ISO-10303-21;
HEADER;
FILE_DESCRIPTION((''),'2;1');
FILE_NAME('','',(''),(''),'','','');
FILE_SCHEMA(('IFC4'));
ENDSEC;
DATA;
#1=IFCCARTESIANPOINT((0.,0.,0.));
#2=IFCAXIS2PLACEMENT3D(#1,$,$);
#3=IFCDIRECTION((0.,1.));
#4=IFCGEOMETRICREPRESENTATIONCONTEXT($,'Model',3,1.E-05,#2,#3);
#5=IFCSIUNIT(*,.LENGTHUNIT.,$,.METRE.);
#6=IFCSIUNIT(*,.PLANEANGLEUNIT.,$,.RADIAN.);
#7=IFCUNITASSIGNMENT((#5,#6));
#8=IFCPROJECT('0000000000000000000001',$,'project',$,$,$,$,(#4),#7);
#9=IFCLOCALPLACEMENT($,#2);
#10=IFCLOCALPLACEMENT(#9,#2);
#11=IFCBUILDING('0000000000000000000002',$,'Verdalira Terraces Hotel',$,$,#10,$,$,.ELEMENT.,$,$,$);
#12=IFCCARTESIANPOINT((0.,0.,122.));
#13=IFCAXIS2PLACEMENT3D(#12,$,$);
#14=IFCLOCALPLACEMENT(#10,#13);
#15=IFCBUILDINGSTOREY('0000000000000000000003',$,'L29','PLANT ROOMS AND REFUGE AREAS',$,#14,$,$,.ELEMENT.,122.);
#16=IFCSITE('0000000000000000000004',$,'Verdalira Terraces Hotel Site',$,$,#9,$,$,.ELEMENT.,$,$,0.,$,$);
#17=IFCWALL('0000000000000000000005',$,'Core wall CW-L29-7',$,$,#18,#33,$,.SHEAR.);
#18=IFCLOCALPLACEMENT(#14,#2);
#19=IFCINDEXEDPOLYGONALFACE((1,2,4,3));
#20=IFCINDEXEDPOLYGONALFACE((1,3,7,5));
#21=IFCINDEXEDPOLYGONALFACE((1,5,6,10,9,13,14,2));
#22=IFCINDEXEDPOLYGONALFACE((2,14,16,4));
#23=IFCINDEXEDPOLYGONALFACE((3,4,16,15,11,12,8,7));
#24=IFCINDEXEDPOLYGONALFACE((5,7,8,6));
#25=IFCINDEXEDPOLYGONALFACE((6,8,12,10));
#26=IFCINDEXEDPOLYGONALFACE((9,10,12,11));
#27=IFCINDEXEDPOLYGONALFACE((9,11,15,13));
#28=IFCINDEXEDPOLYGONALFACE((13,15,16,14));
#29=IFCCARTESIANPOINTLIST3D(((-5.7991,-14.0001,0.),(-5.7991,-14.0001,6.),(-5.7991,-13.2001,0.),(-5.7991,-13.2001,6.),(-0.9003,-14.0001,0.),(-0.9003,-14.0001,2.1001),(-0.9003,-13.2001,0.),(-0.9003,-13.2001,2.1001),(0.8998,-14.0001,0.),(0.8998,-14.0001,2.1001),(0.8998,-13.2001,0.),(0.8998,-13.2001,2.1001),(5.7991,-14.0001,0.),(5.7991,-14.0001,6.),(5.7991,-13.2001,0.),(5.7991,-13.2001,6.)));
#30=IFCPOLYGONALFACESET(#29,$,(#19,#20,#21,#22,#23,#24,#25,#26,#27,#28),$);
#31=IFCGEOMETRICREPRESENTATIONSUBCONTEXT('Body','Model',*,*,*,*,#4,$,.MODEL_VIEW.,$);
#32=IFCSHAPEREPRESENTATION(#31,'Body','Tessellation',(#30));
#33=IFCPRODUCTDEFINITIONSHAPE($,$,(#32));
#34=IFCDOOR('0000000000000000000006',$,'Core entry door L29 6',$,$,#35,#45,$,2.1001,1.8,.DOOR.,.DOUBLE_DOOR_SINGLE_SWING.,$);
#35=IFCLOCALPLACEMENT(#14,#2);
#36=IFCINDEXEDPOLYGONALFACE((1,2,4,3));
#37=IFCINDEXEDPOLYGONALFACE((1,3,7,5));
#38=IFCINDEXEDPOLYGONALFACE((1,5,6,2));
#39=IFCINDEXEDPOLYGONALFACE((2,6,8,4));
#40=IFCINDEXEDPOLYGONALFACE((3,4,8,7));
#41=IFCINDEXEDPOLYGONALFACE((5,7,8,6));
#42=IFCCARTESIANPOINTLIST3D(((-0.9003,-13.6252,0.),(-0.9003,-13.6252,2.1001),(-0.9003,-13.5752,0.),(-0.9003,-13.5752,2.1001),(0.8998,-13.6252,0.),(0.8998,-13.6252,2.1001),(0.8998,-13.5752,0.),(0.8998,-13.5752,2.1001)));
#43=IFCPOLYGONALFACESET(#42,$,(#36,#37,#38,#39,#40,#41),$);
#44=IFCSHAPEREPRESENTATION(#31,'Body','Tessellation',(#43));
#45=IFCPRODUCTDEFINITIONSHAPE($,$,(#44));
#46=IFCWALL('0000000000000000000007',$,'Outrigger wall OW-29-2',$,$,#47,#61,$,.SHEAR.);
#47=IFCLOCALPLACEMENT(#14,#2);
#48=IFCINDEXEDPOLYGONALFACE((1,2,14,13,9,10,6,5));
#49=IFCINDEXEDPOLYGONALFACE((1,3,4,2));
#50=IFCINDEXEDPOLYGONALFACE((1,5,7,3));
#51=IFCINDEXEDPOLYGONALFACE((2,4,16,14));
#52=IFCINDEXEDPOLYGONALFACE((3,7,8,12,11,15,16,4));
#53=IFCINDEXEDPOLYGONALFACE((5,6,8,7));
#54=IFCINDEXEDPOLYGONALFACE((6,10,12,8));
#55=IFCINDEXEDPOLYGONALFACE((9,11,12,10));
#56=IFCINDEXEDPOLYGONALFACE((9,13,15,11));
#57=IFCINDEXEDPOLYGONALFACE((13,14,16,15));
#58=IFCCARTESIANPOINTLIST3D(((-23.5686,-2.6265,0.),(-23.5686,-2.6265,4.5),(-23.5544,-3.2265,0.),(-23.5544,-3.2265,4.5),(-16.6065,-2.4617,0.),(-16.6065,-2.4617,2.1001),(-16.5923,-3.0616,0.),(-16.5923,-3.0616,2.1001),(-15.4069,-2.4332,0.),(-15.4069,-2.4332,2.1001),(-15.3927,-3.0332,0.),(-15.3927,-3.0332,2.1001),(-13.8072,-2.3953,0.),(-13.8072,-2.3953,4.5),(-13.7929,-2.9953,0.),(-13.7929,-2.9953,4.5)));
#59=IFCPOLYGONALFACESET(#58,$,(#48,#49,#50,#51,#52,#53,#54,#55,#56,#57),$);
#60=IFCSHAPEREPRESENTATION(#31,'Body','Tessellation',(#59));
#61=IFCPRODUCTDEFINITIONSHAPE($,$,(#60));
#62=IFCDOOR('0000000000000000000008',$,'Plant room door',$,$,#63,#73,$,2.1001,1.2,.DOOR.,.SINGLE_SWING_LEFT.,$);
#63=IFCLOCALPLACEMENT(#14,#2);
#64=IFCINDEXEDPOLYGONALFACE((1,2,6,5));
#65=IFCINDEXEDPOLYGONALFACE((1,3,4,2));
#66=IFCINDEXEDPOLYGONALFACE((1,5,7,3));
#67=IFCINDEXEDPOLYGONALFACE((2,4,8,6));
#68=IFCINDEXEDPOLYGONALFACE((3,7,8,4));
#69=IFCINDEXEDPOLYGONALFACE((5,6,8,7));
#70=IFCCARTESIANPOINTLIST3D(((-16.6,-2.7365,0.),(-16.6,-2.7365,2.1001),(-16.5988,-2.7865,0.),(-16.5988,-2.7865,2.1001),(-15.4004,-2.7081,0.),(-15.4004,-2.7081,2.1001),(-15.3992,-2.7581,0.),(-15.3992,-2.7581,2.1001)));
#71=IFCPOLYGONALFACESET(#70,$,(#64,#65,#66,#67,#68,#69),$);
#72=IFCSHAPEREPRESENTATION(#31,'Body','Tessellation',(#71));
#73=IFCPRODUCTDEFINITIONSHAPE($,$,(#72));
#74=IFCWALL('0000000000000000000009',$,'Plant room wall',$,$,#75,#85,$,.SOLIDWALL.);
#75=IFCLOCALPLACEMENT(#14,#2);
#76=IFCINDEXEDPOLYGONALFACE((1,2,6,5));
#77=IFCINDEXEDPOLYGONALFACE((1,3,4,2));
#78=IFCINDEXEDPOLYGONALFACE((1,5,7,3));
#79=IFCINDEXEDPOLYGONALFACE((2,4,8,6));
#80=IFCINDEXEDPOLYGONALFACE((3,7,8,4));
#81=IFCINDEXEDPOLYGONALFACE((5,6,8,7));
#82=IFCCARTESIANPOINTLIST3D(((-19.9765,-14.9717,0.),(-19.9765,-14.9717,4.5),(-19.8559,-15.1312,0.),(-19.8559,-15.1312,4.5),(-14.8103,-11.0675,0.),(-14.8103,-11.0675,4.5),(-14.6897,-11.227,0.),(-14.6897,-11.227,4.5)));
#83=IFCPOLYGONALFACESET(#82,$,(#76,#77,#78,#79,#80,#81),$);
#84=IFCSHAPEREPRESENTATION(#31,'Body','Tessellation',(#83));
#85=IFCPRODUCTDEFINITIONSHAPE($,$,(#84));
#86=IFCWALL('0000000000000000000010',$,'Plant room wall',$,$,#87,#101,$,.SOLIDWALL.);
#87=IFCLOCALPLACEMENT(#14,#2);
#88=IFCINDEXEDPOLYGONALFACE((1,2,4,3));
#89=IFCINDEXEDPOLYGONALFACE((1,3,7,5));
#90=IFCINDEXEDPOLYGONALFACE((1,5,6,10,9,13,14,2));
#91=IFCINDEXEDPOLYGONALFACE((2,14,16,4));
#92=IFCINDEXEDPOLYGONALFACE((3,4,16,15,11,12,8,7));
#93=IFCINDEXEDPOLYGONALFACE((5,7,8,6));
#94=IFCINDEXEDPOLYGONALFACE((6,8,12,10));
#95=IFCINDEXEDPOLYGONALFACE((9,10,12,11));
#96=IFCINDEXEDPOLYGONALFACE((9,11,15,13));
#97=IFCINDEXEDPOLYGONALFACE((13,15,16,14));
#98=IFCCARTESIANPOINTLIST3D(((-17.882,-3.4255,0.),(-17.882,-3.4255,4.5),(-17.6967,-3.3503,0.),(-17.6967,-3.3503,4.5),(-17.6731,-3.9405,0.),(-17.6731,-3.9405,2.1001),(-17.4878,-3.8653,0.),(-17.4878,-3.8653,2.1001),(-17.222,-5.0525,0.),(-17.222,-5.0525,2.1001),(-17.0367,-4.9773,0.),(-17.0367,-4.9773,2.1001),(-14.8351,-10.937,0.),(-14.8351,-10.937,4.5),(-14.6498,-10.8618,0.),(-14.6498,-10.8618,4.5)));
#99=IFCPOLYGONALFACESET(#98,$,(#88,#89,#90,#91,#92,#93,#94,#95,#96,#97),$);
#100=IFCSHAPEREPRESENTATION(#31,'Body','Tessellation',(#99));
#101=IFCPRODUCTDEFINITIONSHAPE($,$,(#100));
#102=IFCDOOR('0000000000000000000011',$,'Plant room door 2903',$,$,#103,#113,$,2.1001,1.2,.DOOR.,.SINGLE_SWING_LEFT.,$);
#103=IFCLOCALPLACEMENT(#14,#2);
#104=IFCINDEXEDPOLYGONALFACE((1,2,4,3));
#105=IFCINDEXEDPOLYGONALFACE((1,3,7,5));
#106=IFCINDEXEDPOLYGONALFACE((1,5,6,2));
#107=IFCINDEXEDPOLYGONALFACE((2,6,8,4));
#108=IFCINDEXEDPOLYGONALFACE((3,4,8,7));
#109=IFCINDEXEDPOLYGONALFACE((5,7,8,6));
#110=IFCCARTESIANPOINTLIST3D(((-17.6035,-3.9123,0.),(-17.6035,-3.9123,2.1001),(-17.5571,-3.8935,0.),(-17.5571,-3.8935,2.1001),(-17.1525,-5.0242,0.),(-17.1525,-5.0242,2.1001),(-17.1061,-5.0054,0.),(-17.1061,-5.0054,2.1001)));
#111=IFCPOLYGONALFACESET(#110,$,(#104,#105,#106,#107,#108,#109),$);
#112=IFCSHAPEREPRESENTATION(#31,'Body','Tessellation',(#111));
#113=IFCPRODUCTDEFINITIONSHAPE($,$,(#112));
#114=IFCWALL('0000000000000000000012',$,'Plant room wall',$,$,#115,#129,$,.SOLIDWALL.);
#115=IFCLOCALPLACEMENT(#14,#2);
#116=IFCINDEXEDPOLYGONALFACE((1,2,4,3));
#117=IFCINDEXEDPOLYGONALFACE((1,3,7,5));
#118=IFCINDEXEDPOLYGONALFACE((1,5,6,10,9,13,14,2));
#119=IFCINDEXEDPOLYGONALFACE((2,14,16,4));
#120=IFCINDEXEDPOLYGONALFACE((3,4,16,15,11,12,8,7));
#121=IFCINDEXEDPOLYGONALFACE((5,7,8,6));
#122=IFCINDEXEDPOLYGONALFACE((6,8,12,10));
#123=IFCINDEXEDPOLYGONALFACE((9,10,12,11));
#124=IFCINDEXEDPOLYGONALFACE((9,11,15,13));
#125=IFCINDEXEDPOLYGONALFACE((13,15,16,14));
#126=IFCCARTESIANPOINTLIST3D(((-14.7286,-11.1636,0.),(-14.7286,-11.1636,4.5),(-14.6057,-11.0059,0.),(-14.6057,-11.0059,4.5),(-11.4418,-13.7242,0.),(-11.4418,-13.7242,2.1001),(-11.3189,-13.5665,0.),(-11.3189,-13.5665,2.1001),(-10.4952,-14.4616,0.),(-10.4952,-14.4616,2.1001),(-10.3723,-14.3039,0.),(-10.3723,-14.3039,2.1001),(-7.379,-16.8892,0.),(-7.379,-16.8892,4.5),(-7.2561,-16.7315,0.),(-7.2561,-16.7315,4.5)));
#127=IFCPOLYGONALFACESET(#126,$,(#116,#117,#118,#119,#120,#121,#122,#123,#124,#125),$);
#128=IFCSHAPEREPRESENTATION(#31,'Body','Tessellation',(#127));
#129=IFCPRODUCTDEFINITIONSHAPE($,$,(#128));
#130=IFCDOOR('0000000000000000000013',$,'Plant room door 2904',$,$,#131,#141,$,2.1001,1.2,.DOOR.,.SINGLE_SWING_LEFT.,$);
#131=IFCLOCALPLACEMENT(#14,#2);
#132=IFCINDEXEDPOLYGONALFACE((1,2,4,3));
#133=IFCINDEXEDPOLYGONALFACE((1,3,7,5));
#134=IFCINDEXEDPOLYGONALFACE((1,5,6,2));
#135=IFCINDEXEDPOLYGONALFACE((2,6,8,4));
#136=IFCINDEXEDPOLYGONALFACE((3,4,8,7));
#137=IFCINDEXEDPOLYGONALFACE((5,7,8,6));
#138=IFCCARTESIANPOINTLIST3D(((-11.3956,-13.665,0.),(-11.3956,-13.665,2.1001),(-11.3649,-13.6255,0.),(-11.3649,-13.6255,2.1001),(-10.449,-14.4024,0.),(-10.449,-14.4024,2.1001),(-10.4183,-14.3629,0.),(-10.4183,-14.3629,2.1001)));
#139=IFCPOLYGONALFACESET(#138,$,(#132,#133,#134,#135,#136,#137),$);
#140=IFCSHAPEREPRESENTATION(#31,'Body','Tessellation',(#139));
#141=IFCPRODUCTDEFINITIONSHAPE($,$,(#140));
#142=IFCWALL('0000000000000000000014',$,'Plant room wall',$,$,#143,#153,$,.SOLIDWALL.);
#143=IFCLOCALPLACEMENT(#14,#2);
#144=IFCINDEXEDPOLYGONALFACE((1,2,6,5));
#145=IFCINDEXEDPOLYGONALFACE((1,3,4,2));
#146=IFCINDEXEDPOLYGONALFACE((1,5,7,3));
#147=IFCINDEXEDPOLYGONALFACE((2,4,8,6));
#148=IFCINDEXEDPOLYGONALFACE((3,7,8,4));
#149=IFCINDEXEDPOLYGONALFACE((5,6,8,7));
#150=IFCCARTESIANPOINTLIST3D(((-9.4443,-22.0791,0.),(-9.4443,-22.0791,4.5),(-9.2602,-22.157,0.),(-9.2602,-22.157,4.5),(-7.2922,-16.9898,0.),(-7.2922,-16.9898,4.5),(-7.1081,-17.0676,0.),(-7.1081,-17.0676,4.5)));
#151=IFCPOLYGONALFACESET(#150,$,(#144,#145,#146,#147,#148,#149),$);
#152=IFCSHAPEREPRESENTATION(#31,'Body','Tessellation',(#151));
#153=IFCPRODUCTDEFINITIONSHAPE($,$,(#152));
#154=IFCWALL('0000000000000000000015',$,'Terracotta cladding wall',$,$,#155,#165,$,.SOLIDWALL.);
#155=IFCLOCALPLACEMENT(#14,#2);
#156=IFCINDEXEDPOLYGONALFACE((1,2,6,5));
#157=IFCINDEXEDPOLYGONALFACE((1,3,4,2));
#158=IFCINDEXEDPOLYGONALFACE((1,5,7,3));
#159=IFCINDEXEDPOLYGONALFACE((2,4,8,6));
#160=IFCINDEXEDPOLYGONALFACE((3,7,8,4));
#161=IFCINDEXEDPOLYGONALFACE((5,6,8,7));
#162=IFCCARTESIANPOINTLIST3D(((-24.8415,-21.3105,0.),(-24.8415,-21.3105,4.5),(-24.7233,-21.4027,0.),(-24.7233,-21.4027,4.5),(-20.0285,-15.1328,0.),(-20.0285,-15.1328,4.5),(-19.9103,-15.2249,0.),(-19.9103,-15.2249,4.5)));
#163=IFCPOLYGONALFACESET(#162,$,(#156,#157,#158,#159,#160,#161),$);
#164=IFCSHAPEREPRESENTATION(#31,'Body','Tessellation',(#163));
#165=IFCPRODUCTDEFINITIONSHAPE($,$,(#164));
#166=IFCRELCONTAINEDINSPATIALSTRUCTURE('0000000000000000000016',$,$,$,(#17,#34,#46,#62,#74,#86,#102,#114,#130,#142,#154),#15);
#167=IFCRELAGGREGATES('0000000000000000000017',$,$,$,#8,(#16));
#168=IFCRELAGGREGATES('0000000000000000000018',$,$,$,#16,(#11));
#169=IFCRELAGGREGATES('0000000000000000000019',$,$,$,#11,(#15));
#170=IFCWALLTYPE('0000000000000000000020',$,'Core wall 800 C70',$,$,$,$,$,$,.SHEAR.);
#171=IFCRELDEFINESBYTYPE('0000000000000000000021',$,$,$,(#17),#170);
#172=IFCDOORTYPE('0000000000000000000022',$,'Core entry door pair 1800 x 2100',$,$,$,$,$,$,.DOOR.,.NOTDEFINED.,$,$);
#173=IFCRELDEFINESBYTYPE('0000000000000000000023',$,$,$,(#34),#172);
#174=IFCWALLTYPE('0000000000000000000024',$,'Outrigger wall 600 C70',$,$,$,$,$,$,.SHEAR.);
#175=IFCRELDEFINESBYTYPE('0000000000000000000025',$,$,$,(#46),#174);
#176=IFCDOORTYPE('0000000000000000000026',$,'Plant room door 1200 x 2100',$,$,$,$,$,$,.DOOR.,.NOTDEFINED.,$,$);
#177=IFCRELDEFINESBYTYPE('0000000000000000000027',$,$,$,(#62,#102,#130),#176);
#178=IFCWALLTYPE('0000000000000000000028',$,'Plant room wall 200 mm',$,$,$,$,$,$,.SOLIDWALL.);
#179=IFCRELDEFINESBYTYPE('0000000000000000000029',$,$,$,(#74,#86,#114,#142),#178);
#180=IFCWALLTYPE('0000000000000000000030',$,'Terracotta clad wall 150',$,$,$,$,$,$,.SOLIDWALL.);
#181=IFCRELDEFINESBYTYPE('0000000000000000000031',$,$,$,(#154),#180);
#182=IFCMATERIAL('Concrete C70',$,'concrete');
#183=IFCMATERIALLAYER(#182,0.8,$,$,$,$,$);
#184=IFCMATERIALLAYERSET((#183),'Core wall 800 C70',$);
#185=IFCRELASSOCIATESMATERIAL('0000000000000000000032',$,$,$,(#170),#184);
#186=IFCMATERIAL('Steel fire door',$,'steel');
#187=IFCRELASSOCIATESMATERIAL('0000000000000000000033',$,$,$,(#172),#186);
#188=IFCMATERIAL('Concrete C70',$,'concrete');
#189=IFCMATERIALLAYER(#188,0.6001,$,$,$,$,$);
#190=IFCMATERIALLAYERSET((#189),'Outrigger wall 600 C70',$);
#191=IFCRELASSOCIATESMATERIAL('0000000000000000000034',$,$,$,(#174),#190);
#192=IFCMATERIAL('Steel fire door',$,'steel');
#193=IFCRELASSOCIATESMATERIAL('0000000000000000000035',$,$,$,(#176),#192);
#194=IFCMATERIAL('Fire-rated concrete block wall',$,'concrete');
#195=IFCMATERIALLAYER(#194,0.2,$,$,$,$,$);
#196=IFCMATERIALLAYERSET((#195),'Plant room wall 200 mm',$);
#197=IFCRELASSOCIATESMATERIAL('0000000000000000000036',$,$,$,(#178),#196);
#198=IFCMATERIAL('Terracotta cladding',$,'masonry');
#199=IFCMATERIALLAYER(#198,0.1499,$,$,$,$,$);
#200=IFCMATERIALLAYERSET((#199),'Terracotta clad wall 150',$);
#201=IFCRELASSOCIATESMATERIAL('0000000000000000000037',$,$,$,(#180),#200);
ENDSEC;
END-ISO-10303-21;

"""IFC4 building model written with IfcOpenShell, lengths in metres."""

from ifc_helpers import new_model, si_unit, direction, frame, frame_2d, origin, place, context, subcontext, project, spatial, rectangle, extrude, material, layer, layer_set, type_object, element, fill, save


model = new_model("IFC4")

# Units and contexts
model_context = context("Model", 3, precision=1e-05, world=origin(), true_north=direction((0.0, 1.0)))
body_context = subcontext(model_context, "Body", "Model", "MODEL_VIEW")
ifc_project = project(units=[si_unit("LENGTHUNIT", "METRE"), si_unit("PLANEANGLEUNIT", "RADIAN")], contexts=[model_context])

# Site, building, storey
site_placement = place(None, origin())
site = spatial("IfcSite", under=ifc_project, at=site_placement, Name="Verdalira Terraces Hotel Site", CompositionType="ELEMENT", RefElevation=0.0)
building_placement = place(site_placement, origin())
building = spatial("IfcBuilding", under=site, at=building_placement, Name="Verdalira Terraces Hotel", CompositionType="ELEMENT")
storey_placement = place(building_placement, frame((0.0, 0.0, 122.0)))
storey = spatial("IfcBuildingStorey", under=building, at=storey_placement, Name="L29", Description="PLANT ROOMS AND REFUGE AREAS", CompositionType="ELEMENT", Elevation=122.0)

# Walls, openings, doors
ifc_material_1 = material(Name="Concrete C70", Category="concrete")
ifc_layer_1 = layer(ifc_material_1, 0.8)
ifc_layer_set_1 = layer_set([ifc_layer_1], Name="Core wall 800 C70")
wall_type_1 = type_object("IfcWallType", Name="Core wall 800 C70", PredefinedType="SHEAR", material=ifc_layer_set_1)
wall_1_placement = place(storey_placement, frame((-5.7991, -13.6001, 0.0), z_axis=(0.0, 0.0, 1.0), x_axis=(1.0, 0.0, 0.0)))
wall_1 = element("IfcWall", 1, at=wall_1_placement, inside=storey, type_object=wall_type_1, Name="Core wall CW-L29-7", PredefinedType="SHEAR", context=body_context, shape_type="SweptSolid", body=[
    extrude(rectangle(XDim=11.5981, YDim=0.8, at=frame_2d((5.7991, 0.0))), origin(), (0.0, 0.0, 1.0), 6.0),
])
opening_1_placement = place(wall_1_placement, frame((4.8989, 0.0, 0.0)))
opening_1 = element("IfcOpeningElement", 2, at=opening_1_placement, cuts=wall_1, PredefinedType="OPENING", context=body_context, shape_type="SweptSolid", body=[
    extrude(rectangle(XDim=1.8, YDim=2.1001, at=frame_2d((0.8999, 1.05))), frame((0.0, 0.4099, 0.0), z_axis=(0.0, -1.0, 0.0), x_axis=(1.0, 0.0, 0.0)), (0.0, 0.0, 1.0), 0.8201),
])
ifc_material_2 = material(Name="Steel fire door", Category="steel")
door_type_1 = type_object("IfcDoorType", Name="Core entry door pair 1800 x 2100", OperationType="NOTDEFINED", PredefinedType="DOOR", material=ifc_material_2)
door_1_placement = place(opening_1_placement, origin())
door_1 = element("IfcDoor", 3, at=door_1_placement, inside=storey, type_object=door_type_1, Name="Core entry door L29 6", OperationType="DOUBLE_DOOR_SINGLE_SWING", OverallHeight=2.1001, OverallWidth=1.8, PredefinedType="DOOR", context=body_context, shape_type="SweptSolid", body=[
    extrude(rectangle(XDim=1.8, YDim=2.1001, at=frame_2d((0.8999, 1.05))), frame((0.0, 0.0249, 0.0), z_axis=(0.0, -1.0, 0.0), x_axis=(1.0, 0.0, 0.0)), (0.0, 0.0, 1.0), 0.05),
])
fill(opening_1, door_1)
ifc_material_3 = material(Name="Concrete C70", Category="concrete")
ifc_layer_2 = layer(ifc_material_3, 0.6001)
ifc_layer_set_2 = layer_set([ifc_layer_2], Name="Outrigger wall 600 C70")
wall_type_2 = type_object("IfcWallType", Name="Outrigger wall 600 C70", PredefinedType="SHEAR", material=ifc_layer_set_2)
wall_2_placement = place(storey_placement, frame((-13.8, -2.6953, 0.0), z_axis=(0.0, 0.0, 1.0), x_axis=(-0.99972, -0.023678, 0.0)))
wall_2 = element("IfcWall", 4, at=wall_2_placement, inside=storey, type_object=wall_type_2, Name="Outrigger wall OW-29-2", PredefinedType="SHEAR", context=body_context, shape_type="SweptSolid", body=[
    extrude(rectangle(XDim=9.7642, YDim=0.6001, at=frame_2d((4.8821, 0.0))), origin(), (0.0, 0.0, 1.0), 4.5),
])
opening_2_placement = place(wall_2_placement, frame((1.6001, 0.0, 0.0)))
opening_2 = element("IfcOpeningElement", 5, at=opening_2_placement, cuts=wall_2, PredefinedType="OPENING", context=body_context, shape_type="SweptSolid", body=[
    extrude(rectangle(XDim=1.2, YDim=2.1001, at=frame_2d((0.6001, 1.05))), frame((0.0, 0.3101, 0.0), z_axis=(0.0, -1.0, 0.0), x_axis=(1.0, 0.0, 0.0)), (0.0, 0.0, 1.0), 0.6201),
])
ifc_material_4 = material(Name="Steel fire door", Category="steel")
door_type_2 = type_object("IfcDoorType", Name="Plant room door 1200 x 2100", OperationType="NOTDEFINED", PredefinedType="DOOR", material=ifc_material_4)
door_2_placement = place(opening_2_placement, origin())
door_2 = element("IfcDoor", 6, at=door_2_placement, inside=storey, type_object=door_type_2, Name="Plant room door", OperationType="SINGLE_SWING_LEFT", OverallHeight=2.1001, OverallWidth=1.2, PredefinedType="DOOR", context=body_context, shape_type="SweptSolid", body=[
    extrude(rectangle(XDim=1.2, YDim=2.1001, at=frame_2d((0.6001, 1.05))), frame((0.0, 0.0249, 0.0), z_axis=(0.0, -1.0, 0.0), x_axis=(1.0, 0.0, 0.0)), (0.0, 0.0, 1.0), 0.05),
])
fill(opening_2, door_2)

# Wall
ifc_material_5 = material(Name="Fire-rated concrete block wall", Category="concrete")
ifc_layer_3 = layer(ifc_material_5, 0.2)
ifc_layer_set_3 = layer_set([ifc_layer_3], Name="Plant room wall 200 mm")
wall_type_3 = type_object("IfcWallType", Name="Plant room wall 200 mm", PredefinedType="SOLIDWALL", material=ifc_layer_set_3)
wall_3_placement = place(storey_placement, frame((-14.75, -11.1472, 0.0), z_axis=(0.0, 0.0, 1.0), x_axis=(-0.7978, -0.602922, 0.0)))
element("IfcWall", 7, at=wall_3_placement, inside=storey, type_object=wall_type_3, Name="Plant room wall", PredefinedType="SOLIDWALL", context=body_context, shape_type="SweptSolid", body=[
    extrude(rectangle(XDim=6.4756, YDim=0.2, at=frame_2d((3.2378, 0.0))), origin(), (0.0, 0.0, 1.0), 4.5),
])

# Walls, openings, doors
wall_4_placement = place(storey_placement, frame((-14.7424, -10.8994, 0.0), z_axis=(0.0, 0.0, 1.0), x_axis=(-0.375883, 0.926667, 0.0)))
wall_4 = element("IfcWall", 8, at=wall_4_placement, inside=storey, type_object=wall_type_3, Name="Plant room wall", PredefinedType="SOLIDWALL", context=body_context, shape_type="SweptSolid", body=[
    extrude(rectangle(XDim=8.106, YDim=0.2, at=frame_2d((4.053, 0.0))), origin(), (0.0, 0.0, 1.0), 4.5),
])
opening_3_placement = place(wall_4_placement, frame((6.3501, 0.0, 0.0)))
opening_3 = element("IfcOpeningElement", 9, at=opening_3_placement, cuts=wall_4, PredefinedType="OPENING", context=body_context, shape_type="SweptSolid", body=[
    extrude(rectangle(XDim=1.2, YDim=2.1001, at=frame_2d((0.6001, 1.05))), frame((0.0, 0.1099, 0.0), z_axis=(0.0, -1.0, 0.0), x_axis=(1.0, 0.0, 0.0)), (0.0, 0.0, 1.0), 0.22),
])
door_3_placement = place(opening_3_placement, origin())
door_3 = element("IfcDoor", 10, at=door_3_placement, inside=storey, type_object=door_type_2, Name="Plant room door 2903", OperationType="SINGLE_SWING_LEFT", OverallHeight=2.1001, OverallWidth=1.2, PredefinedType="DOOR", context=body_context, shape_type="SweptSolid", body=[
    extrude(rectangle(XDim=1.2, YDim=2.1001, at=frame_2d((0.6001, 1.05))), frame((0.0, 0.0249, 0.0), z_axis=(0.0, -1.0, 0.0), x_axis=(1.0, 0.0, 0.0)), (0.0, 0.0, 1.0), 0.05),
])
fill(opening_3, door_3)
wall_5_placement = place(storey_placement, frame((-7.3176, -16.8103, 0.0), z_axis=(0.0, 0.0, 1.0), x_axis=(-0.788872, 0.614557, 0.0)))
wall_5 = element("IfcWall", 11, at=wall_5_placement, inside=storey, type_object=wall_type_3, Name="Plant room wall", PredefinedType="SOLIDWALL", context=body_context, shape_type="SweptSolid", body=[
    extrude(rectangle(XDim=9.3166, YDim=0.2, at=frame_2d((4.6582, 0.0))), origin(), (0.0, 0.0, 1.0), 4.5),
])
opening_4_placement = place(wall_5_placement, frame((3.95, 0.0, 0.0)))
opening_4 = element("IfcOpeningElement", 12, at=opening_4_placement, cuts=wall_5, PredefinedType="OPENING", context=body_context, shape_type="SweptSolid", body=[
    extrude(rectangle(XDim=1.2, YDim=2.1001, at=frame_2d((0.6001, 1.05))), frame((0.0, 0.1099, 0.0), z_axis=(0.0, -1.0, 0.0), x_axis=(1.0, 0.0, 0.0)), (0.0, 0.0, 1.0), 0.22),
])
door_4_placement = place(opening_4_placement, origin())
door_4 = element("IfcDoor", 13, at=door_4_placement, inside=storey, type_object=door_type_2, Name="Plant room door 2904", OperationType="SINGLE_SWING_LEFT", OverallHeight=2.1001, OverallWidth=1.2, PredefinedType="DOOR", context=body_context, shape_type="SweptSolid", body=[
    extrude(rectangle(XDim=1.2, YDim=2.1001, at=frame_2d((0.6001, 1.05))), frame((0.0, 0.0249, 0.0), z_axis=(0.0, -1.0, 0.0), x_axis=(1.0, 0.0, 0.0)), (0.0, 0.0, 1.0), 0.05),
])
fill(opening_4, door_4)

# Walls
wall_6_placement = place(storey_placement, frame((-7.2002, -17.0288, 0.0), z_axis=(0.0, 0.0, 1.0), x_axis=(-0.389473, -0.921038, 0.0)))
element("IfcWall", 14, at=wall_6_placement, inside=storey, type_object=wall_type_3, Name="Plant room wall", PredefinedType="SOLIDWALL", context=body_context, shape_type="SweptSolid", body=[
    extrude(rectangle(XDim=5.5256, YDim=0.2, at=frame_2d((2.7627, 0.0))), origin(), (0.0, 0.0, 1.0), 4.5),
])
ifc_material_6 = material(Name="Terracotta cladding", Category="masonry")
ifc_layer_4 = layer(ifc_material_6, 0.1499)
ifc_layer_set_4 = layer_set([ifc_layer_4], Name="Terracotta clad wall 150")
wall_type_4 = type_object("IfcWallType", Name="Terracotta clad wall 150", PredefinedType="SOLIDWALL", material=ifc_layer_set_4)
wall_7_placement = place(storey_placement, frame((-19.9695, -15.179, 0.0), z_axis=(0.0, 0.0, 1.0), x_axis=(-0.614584, -0.788852, 0.0)))
element("IfcWall", 15, at=wall_7_placement, inside=storey, type_object=wall_type_4, Name="Terracotta cladding wall", PredefinedType="SOLIDWALL", context=body_context, shape_type="SweptSolid", body=[
    extrude(rectangle(XDim=7.8313, YDim=0.1499, at=frame_2d((3.9155, 0.0))), origin(), (0.0, 0.0, 1.0), 4.5),
])

save(model, "model.ifc")
